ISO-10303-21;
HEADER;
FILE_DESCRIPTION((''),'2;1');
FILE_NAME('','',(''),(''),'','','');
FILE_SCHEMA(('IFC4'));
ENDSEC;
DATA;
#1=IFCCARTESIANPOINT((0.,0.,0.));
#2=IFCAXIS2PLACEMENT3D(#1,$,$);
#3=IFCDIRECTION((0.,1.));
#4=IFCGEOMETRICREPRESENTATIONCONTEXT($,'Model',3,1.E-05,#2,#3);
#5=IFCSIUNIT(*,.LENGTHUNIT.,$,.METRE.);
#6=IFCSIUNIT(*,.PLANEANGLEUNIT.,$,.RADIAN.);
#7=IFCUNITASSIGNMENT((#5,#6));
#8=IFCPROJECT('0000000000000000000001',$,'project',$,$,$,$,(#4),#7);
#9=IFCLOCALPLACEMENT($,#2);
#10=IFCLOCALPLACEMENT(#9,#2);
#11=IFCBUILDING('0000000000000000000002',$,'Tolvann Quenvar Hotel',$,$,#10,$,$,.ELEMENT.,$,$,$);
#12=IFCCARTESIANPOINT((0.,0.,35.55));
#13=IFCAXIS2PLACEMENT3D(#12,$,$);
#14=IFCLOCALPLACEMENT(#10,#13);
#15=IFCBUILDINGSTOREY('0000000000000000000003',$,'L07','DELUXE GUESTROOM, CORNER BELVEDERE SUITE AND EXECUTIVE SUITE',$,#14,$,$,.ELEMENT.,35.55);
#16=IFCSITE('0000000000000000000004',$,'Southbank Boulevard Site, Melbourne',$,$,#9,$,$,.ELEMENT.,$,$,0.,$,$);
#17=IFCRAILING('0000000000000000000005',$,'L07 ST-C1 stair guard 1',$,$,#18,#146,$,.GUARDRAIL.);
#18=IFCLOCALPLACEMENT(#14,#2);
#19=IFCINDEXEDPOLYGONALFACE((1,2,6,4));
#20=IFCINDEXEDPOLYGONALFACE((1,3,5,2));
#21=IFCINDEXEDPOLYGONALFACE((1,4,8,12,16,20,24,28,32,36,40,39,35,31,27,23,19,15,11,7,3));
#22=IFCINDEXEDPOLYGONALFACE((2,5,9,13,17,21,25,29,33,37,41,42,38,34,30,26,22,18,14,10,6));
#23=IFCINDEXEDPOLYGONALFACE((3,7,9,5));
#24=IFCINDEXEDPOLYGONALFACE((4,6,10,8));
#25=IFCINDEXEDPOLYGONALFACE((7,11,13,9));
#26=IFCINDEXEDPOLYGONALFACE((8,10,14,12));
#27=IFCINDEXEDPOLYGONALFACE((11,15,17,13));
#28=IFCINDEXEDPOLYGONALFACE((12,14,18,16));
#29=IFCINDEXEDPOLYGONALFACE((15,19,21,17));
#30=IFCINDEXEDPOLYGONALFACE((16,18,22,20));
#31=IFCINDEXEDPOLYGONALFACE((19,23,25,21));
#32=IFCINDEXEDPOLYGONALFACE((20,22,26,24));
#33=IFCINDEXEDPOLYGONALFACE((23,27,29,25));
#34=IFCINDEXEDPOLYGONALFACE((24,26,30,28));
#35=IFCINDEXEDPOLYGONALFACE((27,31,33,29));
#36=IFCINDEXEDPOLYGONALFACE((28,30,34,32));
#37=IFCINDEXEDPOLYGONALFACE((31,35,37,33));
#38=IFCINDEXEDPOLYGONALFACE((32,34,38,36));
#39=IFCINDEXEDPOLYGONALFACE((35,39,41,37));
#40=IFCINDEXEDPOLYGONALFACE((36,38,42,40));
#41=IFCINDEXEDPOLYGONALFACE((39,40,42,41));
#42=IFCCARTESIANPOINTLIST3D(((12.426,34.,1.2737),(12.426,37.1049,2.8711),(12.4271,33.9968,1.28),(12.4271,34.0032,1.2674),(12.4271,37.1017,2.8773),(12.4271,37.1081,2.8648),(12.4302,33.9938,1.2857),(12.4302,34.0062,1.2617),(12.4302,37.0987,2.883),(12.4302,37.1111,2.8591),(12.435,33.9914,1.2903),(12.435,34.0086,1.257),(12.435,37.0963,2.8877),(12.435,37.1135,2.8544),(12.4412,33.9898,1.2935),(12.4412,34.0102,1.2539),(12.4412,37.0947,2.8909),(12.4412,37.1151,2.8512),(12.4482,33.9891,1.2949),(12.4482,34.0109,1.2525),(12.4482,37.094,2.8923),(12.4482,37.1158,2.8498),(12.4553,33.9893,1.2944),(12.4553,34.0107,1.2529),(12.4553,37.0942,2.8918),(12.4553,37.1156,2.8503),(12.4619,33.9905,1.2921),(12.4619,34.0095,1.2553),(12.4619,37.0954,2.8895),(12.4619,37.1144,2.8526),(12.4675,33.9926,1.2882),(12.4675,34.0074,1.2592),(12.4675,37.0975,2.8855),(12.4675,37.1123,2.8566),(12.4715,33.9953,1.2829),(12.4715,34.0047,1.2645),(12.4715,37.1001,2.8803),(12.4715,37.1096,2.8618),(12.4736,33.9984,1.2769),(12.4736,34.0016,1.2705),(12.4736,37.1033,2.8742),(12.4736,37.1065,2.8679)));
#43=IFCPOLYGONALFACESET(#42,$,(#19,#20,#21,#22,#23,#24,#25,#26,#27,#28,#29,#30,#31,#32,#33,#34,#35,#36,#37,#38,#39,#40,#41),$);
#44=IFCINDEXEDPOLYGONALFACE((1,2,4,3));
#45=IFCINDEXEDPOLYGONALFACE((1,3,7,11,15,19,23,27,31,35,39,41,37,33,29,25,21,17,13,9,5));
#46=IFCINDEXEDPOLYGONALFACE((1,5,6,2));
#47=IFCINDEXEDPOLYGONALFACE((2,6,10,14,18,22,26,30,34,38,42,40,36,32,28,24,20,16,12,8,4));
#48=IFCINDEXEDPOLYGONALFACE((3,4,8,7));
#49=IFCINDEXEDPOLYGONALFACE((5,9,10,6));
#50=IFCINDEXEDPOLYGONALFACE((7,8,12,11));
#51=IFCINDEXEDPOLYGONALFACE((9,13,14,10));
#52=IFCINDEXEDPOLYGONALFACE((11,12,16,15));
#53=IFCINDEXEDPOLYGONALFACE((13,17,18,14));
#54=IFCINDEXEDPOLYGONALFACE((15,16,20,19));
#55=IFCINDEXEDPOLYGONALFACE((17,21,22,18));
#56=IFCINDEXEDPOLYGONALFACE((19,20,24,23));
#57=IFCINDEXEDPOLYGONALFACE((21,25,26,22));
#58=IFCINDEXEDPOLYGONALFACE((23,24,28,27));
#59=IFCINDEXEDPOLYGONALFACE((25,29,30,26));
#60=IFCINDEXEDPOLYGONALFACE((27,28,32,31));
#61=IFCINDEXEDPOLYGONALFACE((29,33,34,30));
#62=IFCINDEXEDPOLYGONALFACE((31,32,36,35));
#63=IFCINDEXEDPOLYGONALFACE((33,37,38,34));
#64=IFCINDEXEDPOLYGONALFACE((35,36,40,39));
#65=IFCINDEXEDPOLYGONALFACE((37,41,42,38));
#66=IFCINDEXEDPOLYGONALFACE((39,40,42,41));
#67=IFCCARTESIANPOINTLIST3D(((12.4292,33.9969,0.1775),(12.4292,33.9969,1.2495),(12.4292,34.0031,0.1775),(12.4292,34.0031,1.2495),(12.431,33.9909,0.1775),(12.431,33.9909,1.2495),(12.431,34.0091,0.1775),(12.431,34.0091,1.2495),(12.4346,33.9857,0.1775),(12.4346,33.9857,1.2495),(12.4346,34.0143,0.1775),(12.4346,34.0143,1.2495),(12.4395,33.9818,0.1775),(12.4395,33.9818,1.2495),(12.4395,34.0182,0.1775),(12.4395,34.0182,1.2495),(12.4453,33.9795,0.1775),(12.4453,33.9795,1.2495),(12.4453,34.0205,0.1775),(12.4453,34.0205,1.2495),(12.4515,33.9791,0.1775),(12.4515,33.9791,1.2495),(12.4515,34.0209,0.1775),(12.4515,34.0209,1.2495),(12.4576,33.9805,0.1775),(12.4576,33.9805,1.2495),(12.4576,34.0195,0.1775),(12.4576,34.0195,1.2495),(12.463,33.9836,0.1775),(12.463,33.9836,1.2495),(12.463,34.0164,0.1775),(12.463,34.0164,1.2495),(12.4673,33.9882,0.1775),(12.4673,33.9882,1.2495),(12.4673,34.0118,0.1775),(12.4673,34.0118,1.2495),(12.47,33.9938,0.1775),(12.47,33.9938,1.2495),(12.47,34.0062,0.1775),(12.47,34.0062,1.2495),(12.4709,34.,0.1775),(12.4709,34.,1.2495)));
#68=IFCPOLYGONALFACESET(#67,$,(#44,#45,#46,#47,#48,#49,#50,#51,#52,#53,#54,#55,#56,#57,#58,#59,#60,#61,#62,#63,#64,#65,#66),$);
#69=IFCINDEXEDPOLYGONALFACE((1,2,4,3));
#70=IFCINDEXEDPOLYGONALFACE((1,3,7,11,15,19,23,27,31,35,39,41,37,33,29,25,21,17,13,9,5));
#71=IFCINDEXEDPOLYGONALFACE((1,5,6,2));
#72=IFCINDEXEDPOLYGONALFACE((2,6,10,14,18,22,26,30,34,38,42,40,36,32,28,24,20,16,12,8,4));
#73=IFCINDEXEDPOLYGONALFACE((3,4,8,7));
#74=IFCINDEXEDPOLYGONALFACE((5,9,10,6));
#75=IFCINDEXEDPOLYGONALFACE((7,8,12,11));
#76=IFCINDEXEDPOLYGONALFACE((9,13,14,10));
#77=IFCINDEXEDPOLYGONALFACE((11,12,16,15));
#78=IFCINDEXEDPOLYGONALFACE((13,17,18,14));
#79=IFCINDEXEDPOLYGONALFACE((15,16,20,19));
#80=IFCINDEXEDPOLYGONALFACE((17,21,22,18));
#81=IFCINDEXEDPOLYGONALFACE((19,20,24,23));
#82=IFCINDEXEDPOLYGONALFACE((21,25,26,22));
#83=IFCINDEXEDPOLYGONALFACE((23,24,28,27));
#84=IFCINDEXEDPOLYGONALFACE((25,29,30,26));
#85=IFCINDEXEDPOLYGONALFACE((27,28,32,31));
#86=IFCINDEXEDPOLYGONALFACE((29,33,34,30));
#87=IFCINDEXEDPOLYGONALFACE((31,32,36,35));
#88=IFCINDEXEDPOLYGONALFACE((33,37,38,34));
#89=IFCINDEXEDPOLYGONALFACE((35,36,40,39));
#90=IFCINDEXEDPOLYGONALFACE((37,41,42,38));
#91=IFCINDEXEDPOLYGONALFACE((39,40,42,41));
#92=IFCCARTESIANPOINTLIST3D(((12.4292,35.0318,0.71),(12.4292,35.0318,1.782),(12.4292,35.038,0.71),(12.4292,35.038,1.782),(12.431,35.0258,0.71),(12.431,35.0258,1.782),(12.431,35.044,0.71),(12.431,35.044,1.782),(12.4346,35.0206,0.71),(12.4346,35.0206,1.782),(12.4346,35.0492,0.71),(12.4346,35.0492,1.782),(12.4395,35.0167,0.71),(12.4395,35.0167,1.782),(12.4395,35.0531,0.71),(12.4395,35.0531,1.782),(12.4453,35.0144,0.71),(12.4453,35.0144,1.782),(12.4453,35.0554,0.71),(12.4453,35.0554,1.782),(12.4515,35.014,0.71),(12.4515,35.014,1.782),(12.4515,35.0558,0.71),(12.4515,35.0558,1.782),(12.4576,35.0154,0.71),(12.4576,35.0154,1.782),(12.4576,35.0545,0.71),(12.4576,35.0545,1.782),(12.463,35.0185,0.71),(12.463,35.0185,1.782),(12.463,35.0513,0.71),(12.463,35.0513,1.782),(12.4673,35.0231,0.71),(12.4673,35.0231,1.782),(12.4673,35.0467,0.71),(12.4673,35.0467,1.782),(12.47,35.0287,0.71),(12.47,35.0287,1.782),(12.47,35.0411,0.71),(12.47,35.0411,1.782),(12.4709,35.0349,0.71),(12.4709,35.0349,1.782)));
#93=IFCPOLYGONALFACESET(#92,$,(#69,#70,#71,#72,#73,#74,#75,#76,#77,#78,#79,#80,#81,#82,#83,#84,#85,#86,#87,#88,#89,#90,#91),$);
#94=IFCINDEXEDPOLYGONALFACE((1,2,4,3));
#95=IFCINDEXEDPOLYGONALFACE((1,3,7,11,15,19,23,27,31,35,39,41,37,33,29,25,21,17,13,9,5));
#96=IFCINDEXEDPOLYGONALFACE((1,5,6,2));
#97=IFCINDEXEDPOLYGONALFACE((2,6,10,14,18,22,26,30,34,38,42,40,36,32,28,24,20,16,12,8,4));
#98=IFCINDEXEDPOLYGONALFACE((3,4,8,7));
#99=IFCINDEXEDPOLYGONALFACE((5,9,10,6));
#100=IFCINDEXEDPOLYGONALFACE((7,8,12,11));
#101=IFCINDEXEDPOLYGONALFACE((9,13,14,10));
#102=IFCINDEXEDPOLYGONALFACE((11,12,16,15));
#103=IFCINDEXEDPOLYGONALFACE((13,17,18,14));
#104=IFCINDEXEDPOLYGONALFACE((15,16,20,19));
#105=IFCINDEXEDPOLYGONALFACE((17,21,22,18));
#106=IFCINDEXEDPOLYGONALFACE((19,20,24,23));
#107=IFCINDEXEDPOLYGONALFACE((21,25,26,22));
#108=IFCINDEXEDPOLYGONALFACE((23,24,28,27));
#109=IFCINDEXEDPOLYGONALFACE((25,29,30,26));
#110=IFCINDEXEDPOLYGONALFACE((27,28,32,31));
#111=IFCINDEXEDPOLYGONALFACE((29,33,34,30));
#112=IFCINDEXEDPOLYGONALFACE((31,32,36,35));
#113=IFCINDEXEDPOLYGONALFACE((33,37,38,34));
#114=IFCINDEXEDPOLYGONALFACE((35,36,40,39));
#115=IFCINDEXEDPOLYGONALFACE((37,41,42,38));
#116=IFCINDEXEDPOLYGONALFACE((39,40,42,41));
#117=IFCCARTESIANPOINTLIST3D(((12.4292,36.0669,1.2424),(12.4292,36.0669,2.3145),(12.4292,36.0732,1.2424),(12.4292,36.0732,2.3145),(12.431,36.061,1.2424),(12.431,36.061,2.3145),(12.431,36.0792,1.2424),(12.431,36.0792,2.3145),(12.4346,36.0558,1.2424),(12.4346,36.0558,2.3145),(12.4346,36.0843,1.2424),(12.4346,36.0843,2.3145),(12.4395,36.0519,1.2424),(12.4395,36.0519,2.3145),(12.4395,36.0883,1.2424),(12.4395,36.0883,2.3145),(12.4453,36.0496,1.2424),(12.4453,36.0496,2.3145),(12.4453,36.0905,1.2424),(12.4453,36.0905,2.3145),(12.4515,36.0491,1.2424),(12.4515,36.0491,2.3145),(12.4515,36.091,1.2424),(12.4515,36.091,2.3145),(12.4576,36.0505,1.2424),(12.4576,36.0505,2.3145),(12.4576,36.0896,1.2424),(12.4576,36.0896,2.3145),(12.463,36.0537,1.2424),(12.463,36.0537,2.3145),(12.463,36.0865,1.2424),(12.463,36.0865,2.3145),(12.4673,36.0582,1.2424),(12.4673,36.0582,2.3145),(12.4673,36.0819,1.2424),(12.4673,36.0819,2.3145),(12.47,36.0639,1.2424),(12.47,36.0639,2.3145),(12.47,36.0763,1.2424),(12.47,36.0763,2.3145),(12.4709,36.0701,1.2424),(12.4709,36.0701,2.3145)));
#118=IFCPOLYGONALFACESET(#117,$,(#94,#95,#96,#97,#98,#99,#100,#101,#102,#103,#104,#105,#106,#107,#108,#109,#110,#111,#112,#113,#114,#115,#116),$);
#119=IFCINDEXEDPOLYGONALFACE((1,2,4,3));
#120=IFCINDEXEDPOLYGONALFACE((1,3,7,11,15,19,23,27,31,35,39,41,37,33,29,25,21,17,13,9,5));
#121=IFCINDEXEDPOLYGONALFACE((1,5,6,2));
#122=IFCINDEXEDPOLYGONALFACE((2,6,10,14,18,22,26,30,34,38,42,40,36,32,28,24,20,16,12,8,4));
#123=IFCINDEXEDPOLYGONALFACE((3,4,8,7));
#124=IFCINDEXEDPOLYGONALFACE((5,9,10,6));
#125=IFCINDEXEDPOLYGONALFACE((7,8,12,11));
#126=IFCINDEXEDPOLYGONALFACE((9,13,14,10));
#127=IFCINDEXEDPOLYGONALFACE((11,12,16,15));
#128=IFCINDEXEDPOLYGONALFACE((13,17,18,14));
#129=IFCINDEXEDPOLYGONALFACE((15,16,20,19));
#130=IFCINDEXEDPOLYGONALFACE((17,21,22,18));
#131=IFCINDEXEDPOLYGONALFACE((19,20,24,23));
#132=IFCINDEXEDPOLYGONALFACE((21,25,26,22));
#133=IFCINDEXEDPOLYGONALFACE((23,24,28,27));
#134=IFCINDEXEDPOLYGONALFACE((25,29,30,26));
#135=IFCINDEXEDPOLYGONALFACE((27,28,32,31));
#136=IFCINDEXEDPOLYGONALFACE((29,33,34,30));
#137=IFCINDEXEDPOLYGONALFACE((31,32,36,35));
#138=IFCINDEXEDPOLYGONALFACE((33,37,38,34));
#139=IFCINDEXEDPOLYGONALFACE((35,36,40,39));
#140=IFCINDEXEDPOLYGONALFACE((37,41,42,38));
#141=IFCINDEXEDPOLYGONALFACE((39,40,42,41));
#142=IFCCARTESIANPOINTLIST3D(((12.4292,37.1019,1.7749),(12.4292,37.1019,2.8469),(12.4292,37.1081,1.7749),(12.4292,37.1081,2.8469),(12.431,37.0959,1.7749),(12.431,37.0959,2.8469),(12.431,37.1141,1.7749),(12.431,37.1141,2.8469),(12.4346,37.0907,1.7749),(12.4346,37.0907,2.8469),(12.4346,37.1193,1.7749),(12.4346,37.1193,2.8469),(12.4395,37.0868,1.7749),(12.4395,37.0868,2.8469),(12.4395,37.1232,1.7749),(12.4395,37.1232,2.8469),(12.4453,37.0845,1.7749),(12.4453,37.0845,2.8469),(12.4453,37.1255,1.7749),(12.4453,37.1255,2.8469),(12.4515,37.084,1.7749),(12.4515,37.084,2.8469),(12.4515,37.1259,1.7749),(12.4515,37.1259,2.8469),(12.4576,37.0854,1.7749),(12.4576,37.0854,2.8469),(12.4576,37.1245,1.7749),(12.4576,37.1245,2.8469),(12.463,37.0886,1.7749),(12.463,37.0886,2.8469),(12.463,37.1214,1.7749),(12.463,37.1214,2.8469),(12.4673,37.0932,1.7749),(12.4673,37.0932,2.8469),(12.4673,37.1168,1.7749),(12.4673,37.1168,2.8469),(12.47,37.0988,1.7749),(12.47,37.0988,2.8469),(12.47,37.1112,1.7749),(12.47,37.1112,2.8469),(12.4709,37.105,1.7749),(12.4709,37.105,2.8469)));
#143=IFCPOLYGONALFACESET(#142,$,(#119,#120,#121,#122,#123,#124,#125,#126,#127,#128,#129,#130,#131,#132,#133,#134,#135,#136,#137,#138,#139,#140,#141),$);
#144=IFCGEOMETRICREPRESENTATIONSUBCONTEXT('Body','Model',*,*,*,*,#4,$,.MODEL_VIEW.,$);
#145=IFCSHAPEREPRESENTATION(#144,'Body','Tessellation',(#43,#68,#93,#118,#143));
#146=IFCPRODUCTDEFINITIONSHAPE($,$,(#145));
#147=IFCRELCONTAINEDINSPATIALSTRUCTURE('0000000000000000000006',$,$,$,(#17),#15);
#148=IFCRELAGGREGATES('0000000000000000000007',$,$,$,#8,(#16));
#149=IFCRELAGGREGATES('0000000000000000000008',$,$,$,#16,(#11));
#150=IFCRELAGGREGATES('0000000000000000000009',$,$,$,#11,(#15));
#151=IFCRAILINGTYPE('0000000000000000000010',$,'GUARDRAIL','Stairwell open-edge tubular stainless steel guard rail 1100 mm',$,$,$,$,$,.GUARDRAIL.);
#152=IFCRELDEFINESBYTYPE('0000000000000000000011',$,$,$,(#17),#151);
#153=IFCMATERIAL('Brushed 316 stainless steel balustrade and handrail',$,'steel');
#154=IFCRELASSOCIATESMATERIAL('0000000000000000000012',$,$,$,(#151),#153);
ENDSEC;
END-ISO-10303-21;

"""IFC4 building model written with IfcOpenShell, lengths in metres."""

from ifc_helpers import new_model, si_unit, direction, frame, origin, origin_2d, place, context, subcontext, project, spatial, circle, extrude, material, type_object, element, save


model = new_model("IFC4")

# Units and contexts
model_context = context("Model", 3, precision=1e-05, world=origin(), true_north=direction((0.0, 1.0)))
body_context = subcontext(model_context, "Body", "Model", "MODEL_VIEW")
ifc_project = project(units=[si_unit("LENGTHUNIT", "METRE"), si_unit("PLANEANGLEUNIT", "RADIAN")], contexts=[model_context])

# Site, building, storey
site_placement = place(None, origin())
site = spatial("IfcSite", under=ifc_project, at=site_placement, Name="Southbank Boulevard Site, Melbourne", CompositionType="ELEMENT", RefElevation=0.0)
building_placement = place(site_placement, origin())
building = spatial("IfcBuilding", under=site, at=building_placement, Name="Tolvann Quenvar Hotel", CompositionType="ELEMENT")
storey_placement = place(building_placement, frame((0.0, 0.0, 35.55)))
storey = spatial("IfcBuildingStorey", under=building, at=storey_placement, Name="L07", Description="DELUXE GUESTROOM, CORNER BELVEDERE SUITE AND EXECUTIVE SUITE", CompositionType="ELEMENT", Elevation=35.55)

# Railing
ifc_material_1 = material(Name="Brushed 316 stainless steel balustrade and handrail", Category="steel")
railing_type_1 = type_object("IfcRailingType", Name="GUARDRAIL", Description="Stairwell open-edge tubular stainless steel guard rail 1100 mm", PredefinedType="GUARDRAIL", material=ifc_material_1)
railing_1_placement = place(storey_placement, frame((12.45, 34.0, 0.1775)))
element("IfcRailing", 1, at=railing_1_placement, inside=storey, type_object=railing_type_1, Name="L07 ST-C1 stair guard 1", PredefinedType="GUARDRAIL", context=body_context, shape_type="SweptSolid", body=[
    extrude(circle(Radius=0.0239, at=origin_2d()), frame((0.0, 0.0, 1.0962), z_axis=(0.0, 0.889222, 0.457476), x_axis=(-1.0, 0.0, 0.0)), (0.0, 0.0, 1.0), 3.4917),
    extrude(circle(Radius=0.021, at=origin_2d()), origin(), (0.0, 0.0, 1.0), 1.072),
    extrude(circle(Radius=0.021, at=origin_2d()), frame((0.0, 1.0349, 0.5325)), (0.0, 0.0, 1.0), 1.072),
    extrude(circle(Radius=0.021, at=origin_2d()), frame((0.0, 2.0701, 1.0649)), (0.0, 0.0, 1.0), 1.072),
    extrude(circle(Radius=0.021, at=origin_2d()), frame((0.0, 3.105, 1.5974)), (0.0, 0.0, 1.0), 1.072),
])

save(model, "model.ifc")
